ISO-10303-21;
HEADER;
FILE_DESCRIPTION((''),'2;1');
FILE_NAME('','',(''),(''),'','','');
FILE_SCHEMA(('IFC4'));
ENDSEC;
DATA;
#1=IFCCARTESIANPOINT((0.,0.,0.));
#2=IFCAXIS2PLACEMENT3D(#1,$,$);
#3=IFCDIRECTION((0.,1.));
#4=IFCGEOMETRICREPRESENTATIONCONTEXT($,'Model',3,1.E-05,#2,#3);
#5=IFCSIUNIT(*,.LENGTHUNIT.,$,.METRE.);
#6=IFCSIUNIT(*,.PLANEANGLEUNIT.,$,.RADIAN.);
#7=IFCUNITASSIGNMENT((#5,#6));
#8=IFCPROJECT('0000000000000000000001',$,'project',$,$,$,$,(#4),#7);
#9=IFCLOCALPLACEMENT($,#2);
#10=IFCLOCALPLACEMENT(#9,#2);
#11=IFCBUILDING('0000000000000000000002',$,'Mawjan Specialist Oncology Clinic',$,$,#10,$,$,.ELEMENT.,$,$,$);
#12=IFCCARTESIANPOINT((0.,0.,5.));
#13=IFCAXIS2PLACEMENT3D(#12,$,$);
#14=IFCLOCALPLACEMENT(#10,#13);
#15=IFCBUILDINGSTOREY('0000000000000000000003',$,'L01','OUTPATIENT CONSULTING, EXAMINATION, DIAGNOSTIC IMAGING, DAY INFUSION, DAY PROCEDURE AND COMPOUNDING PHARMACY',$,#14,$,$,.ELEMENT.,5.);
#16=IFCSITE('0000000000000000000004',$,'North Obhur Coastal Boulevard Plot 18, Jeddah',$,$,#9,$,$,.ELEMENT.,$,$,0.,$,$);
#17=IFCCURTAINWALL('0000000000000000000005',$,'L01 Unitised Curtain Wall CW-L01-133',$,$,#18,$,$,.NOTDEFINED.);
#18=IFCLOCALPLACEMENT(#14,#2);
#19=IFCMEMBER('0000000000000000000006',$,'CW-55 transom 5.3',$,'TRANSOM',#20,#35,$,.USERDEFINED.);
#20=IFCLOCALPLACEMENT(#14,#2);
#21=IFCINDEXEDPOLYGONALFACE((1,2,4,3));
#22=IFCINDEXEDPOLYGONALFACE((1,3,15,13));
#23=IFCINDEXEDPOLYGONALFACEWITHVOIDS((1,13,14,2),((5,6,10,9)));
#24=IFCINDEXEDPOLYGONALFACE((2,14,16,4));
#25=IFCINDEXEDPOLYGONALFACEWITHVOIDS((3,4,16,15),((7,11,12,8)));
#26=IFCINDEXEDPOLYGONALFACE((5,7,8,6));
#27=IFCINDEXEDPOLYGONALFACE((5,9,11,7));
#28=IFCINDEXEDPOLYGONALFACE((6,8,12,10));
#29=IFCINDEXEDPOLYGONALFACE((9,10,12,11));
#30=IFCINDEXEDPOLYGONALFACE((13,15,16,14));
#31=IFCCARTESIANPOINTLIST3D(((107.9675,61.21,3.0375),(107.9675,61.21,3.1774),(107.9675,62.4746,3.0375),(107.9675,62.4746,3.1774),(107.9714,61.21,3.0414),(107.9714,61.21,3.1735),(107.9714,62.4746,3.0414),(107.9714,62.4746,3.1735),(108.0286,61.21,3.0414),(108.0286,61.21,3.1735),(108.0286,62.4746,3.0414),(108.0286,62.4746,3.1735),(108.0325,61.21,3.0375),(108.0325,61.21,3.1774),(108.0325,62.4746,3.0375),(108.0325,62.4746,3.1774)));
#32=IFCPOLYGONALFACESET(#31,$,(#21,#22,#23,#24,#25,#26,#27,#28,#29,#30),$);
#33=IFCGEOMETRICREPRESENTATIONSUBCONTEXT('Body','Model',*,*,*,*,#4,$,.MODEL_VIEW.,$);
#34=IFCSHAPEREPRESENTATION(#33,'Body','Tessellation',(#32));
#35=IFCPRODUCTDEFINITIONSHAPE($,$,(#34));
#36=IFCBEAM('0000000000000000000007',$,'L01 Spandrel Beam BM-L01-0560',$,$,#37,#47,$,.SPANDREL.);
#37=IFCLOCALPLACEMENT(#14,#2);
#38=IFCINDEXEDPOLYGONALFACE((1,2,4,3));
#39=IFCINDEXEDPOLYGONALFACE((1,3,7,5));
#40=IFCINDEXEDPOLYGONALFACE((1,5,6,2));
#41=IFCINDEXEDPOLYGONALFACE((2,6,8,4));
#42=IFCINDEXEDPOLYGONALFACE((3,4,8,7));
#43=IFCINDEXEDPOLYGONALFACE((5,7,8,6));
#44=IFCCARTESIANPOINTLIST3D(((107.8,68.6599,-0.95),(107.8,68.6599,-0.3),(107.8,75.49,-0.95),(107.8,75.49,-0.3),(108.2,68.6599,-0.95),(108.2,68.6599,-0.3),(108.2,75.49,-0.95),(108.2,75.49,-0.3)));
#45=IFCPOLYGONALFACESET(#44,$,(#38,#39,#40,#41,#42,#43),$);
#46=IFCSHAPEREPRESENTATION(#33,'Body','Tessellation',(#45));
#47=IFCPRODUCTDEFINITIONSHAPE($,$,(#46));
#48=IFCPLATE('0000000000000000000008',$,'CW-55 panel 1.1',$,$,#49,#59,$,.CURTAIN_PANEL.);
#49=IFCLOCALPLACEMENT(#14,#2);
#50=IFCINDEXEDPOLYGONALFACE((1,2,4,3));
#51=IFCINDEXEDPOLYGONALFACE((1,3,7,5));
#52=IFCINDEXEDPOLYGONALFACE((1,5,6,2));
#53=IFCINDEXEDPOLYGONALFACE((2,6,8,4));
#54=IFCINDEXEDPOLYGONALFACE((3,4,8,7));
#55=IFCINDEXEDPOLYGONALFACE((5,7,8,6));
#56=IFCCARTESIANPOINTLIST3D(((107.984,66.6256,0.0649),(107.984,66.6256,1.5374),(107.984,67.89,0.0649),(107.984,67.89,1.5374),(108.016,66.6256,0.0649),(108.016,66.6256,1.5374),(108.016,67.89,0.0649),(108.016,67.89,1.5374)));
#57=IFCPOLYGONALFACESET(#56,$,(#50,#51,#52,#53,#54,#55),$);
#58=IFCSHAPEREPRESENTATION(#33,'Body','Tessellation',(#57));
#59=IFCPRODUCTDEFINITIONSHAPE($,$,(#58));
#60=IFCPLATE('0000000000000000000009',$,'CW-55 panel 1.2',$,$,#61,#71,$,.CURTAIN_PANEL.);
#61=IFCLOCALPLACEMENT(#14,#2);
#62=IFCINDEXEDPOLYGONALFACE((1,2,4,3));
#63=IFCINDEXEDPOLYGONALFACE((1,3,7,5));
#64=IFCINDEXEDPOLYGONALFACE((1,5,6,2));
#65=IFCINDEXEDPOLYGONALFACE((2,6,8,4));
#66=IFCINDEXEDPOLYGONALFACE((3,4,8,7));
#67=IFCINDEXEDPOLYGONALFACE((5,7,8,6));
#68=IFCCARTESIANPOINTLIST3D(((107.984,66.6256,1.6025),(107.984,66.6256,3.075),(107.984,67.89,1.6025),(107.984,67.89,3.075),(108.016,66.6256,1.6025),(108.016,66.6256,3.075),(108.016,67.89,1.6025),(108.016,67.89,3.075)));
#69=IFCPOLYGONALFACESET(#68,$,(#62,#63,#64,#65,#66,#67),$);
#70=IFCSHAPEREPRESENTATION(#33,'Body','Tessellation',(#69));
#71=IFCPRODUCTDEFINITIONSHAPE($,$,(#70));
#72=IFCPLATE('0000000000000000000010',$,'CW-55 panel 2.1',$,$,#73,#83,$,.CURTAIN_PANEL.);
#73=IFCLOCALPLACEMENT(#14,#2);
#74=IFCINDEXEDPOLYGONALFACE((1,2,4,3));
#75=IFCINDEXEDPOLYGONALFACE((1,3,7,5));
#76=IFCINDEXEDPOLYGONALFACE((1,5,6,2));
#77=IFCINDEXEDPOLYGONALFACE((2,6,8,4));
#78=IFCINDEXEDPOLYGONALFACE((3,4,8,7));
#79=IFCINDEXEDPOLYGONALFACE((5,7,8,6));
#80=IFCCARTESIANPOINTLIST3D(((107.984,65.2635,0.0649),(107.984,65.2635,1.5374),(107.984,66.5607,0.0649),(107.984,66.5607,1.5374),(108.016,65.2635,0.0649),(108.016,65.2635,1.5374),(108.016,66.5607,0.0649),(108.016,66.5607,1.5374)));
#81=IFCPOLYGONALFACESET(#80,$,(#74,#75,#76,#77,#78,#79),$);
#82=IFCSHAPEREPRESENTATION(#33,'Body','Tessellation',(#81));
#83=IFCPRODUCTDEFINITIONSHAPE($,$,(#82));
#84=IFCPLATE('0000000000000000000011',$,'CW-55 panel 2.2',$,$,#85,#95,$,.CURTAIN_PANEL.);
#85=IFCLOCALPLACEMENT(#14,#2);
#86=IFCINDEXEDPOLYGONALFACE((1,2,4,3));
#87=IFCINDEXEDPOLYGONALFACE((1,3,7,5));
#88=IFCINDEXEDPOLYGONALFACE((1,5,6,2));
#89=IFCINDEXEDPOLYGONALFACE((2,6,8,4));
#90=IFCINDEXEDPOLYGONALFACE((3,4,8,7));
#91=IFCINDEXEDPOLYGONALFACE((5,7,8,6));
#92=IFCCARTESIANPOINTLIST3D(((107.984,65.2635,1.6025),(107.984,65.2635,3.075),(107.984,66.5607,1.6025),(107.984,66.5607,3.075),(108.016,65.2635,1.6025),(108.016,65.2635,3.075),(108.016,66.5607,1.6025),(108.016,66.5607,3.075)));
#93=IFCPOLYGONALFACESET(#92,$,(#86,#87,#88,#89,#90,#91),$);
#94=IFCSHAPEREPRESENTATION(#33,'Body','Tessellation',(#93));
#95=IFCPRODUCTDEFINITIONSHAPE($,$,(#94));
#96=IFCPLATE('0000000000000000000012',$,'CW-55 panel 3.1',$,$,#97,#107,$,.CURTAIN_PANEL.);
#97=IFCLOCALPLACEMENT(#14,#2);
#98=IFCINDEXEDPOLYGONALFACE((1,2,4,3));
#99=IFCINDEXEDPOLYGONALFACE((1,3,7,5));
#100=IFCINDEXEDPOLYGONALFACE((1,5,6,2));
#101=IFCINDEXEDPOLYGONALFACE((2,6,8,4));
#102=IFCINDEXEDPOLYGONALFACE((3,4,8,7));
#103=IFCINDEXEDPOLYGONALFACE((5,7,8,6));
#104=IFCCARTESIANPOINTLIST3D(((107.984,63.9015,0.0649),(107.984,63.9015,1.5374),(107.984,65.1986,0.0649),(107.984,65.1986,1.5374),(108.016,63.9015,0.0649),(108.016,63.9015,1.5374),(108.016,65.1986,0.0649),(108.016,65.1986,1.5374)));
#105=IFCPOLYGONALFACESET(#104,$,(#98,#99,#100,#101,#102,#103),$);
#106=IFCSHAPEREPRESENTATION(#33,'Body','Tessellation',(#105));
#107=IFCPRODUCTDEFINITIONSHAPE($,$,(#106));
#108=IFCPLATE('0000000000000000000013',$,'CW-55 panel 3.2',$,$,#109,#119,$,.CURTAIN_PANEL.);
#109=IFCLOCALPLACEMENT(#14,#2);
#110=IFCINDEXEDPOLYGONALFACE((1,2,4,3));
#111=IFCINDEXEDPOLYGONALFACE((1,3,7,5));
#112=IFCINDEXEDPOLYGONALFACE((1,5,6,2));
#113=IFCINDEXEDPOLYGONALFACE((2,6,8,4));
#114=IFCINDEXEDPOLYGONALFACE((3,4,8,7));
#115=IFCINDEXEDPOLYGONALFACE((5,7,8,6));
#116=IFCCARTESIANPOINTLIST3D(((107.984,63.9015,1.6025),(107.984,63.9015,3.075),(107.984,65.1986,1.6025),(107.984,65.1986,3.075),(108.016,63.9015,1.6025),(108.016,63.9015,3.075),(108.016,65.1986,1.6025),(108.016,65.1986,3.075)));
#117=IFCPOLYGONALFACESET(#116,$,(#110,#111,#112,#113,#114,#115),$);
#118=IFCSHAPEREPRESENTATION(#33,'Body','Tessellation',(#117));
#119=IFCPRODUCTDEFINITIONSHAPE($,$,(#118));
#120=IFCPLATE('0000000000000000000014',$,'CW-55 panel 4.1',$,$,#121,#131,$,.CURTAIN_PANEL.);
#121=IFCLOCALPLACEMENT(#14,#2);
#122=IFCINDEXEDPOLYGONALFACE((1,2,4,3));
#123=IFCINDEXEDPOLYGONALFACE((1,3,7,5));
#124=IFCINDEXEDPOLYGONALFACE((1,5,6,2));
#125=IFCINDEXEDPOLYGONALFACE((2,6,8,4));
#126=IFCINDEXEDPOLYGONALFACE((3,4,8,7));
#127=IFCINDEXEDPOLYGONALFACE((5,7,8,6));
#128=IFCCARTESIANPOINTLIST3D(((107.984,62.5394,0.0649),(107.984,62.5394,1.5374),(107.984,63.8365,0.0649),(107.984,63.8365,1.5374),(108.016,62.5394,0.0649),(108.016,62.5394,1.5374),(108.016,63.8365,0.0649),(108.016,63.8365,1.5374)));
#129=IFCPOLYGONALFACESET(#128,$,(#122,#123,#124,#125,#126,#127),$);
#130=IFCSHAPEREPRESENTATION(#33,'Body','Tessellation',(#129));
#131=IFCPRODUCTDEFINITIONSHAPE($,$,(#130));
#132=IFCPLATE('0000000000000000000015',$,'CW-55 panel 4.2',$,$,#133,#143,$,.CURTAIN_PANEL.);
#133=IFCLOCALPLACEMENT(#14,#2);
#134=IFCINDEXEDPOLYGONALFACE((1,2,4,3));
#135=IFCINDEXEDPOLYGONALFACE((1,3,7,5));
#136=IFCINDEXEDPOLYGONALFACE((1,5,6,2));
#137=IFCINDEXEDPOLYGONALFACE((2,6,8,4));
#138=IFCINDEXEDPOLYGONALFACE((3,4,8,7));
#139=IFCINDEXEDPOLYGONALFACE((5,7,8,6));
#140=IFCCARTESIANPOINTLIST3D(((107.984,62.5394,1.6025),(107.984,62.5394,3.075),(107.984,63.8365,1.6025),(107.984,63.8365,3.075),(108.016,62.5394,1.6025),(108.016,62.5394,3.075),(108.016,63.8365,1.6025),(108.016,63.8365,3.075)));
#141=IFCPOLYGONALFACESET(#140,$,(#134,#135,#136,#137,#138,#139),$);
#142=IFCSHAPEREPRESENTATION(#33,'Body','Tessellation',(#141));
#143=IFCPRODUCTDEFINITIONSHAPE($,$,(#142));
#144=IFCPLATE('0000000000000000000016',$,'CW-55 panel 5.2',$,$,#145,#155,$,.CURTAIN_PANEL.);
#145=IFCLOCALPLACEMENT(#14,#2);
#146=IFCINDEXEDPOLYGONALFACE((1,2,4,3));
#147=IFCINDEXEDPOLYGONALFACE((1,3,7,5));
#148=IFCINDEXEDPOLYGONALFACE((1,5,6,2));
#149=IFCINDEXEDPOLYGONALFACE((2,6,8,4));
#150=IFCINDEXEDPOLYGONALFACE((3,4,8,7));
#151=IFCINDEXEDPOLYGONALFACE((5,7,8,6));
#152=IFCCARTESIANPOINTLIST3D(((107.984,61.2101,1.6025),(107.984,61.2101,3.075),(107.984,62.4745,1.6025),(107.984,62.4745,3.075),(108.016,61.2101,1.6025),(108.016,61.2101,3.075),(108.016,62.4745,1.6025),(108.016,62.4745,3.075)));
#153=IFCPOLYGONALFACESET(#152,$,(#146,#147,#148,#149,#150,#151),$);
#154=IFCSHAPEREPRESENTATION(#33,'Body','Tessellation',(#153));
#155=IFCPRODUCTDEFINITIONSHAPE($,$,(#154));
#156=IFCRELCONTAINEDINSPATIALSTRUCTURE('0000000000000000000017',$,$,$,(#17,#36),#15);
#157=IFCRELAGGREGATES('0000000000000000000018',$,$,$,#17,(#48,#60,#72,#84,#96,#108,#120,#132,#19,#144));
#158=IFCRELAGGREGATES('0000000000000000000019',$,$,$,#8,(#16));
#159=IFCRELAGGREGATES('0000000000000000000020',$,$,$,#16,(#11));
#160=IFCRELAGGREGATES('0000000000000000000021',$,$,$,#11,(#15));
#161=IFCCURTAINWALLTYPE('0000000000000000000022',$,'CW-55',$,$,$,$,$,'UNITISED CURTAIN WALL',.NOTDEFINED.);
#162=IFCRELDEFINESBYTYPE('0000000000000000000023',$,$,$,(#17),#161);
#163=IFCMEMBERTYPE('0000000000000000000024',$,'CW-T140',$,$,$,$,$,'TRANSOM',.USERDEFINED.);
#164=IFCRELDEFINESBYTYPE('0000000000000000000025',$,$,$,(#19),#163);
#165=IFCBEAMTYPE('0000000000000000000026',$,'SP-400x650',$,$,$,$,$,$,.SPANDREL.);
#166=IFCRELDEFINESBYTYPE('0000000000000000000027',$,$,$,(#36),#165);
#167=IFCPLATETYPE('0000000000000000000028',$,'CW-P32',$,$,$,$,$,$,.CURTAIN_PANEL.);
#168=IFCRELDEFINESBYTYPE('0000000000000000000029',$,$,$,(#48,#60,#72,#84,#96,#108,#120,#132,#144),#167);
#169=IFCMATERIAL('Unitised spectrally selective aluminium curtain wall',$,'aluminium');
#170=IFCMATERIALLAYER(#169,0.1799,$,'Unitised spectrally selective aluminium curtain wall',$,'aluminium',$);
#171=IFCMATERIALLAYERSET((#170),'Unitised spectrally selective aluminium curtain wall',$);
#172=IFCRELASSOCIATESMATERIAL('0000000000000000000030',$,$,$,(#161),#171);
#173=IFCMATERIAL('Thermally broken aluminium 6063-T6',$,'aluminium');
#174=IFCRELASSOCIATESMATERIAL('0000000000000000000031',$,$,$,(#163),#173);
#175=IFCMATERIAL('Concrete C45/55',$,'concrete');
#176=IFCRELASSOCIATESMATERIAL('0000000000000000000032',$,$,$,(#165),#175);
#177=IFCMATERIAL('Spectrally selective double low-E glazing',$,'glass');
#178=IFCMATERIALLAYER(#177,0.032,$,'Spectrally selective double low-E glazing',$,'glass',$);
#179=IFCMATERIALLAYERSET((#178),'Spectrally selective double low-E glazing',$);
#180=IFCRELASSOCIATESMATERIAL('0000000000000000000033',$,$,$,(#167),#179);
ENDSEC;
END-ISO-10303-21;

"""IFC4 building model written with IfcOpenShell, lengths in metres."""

from ifc_helpers import new_model, si_unit, direction, frame, origin, origin_2d, place, context, subcontext, project, spatial, rectangle, hollow_rectangle, extrude, material, layer, layer_set, material_profile, profile_set, type_object, element, aggregate, save


model = new_model("IFC4")

# Units and contexts
model_context = context("Model", 3, precision=1e-05, world=origin(), true_north=direction((0.0, 1.0)))
body_context = subcontext(model_context, "Body", "Model", "MODEL_VIEW")
ifc_project = project(units=[si_unit("LENGTHUNIT", "METRE"), si_unit("PLANEANGLEUNIT", "RADIAN")], contexts=[model_context])

# Site, building, storey
site_placement = place(None, origin())
site = spatial("IfcSite", under=ifc_project, at=site_placement, Name="North Obhur Coastal Boulevard Plot 18, Jeddah", CompositionType="ELEMENT", RefElevation=0.0)
building_placement = place(site_placement, origin())
building = spatial("IfcBuilding", under=site, at=building_placement, Name="Mawjan Specialist Oncology Clinic", CompositionType="ELEMENT")
storey_placement = place(building_placement, frame((0.0, 0.0, 5.0)))
storey = spatial("IfcBuildingStorey", under=building, at=storey_placement, Name="L01", Description="OUTPATIENT CONSULTING, EXAMINATION, DIAGNOSTIC IMAGING, DAY INFUSION, DAY PROCEDURE AND COMPOUNDING PHARMACY", CompositionType="ELEMENT", Elevation=5.0)

# Curtain wall, member
ifc_material_1 = material(Name="Unitised spectrally selective aluminium curtain wall", Category="aluminium")
ifc_layer_1 = layer(ifc_material_1, 0.1799, Name="Unitised spectrally selective aluminium curtain wall", Category="aluminium")
ifc_layer_set_1 = layer_set([ifc_layer_1], Name="Unitised spectrally selective aluminium curtain wall")
curtain_wall_type = type_object("IfcCurtainWallType", Name="CW-55", ElementType="UNITISED CURTAIN WALL", PredefinedType="NOTDEFINED", material=ifc_layer_set_1)
curtain_wall_placement = place(storey_placement, origin())
curtain_wall = element("IfcCurtainWall", 1, at=curtain_wall_placement, inside=storey, type_object=curtain_wall_type, Name="L01 Unitised Curtain Wall CW-L01-133", PredefinedType="NOTDEFINED")
ifc_material_2 = material(Name="Thermally broken aluminium 6063-T6", Category="aluminium")
ifc_material_profile_1 = material_profile(ifc_material_2, hollow_rectangle(XDim=0.0649, YDim=0.1399, WallThickness=0.0039, at=origin_2d()), Name="ALU TRANSOM 140x65x4", Category="aluminium")
ifc_profile_set_1 = profile_set([ifc_material_profile_1], Name="Thermally broken aluminium 6063-T6")
member_type_1 = type_object("IfcMemberType", Name="CW-T140", ElementType="TRANSOM", PredefinedType="USERDEFINED", material=ifc_profile_set_1)
member_1_placement = place(storey_placement, frame((108.0, 62.4746, 3.1074), z_axis=(0.0, -1.0, 0.0), x_axis=(1.0, 0.0, 0.0)))
member_1 = element("IfcMember", 2, at=member_1_placement, type_object=member_type_1, Name="CW-55 transom 5.3", ObjectType="TRANSOM", PredefinedType="USERDEFINED", context=body_context, shape_type="SweptSolid", body=[
    extrude(hollow_rectangle(XDim=0.0649, YDim=0.1399, WallThickness=0.0039, at=origin_2d()), origin(), (0.0, 0.0, 1.0), 1.2646),
])

# Beam
ifc_material_3 = material(Name="Concrete C45/55", Category="concrete")
ifc_material_profile_2 = material_profile(ifc_material_3, rectangle(XDim=0.3999, YDim=0.6499, at=origin_2d()), Name="RC BM 400x650", Category="concrete")
ifc_profile_set_2 = profile_set([ifc_material_profile_2], Name="Concrete C45/55")
beam_type = type_object("IfcBeamType", Name="SP-400x650", PredefinedType="SPANDREL", material=ifc_profile_set_2)
beam_placement = place(storey_placement, frame((108.0, 68.6599, -0.625), z_axis=(0.0, 1.0, 0.0), x_axis=(-1.0, 0.0, 0.0)))
element("IfcBeam", 3, at=beam_placement, inside=storey, type_object=beam_type, Name="L01 Spandrel Beam BM-L01-0560", PredefinedType="SPANDREL", context=body_context, shape_type="SweptSolid", body=[
    extrude(rectangle(XDim=0.3999, YDim=0.6499, at=origin_2d()), origin(), (0.0, 0.0, 1.0), 6.8301),
])

# Plates
ifc_material_4 = material(Name="Spectrally selective double low-E glazing", Category="glass")
ifc_layer_2 = layer(ifc_material_4, 0.032, Name="Spectrally selective double low-E glazing", Category="glass")
ifc_layer_set_2 = layer_set([ifc_layer_2], Name="Spectrally selective double low-E glazing")
plate_type = type_object("IfcPlateType", Name="CW-P32", PredefinedType="CURTAIN_PANEL", material=ifc_layer_set_2)
plate_1_placement = place(storey_placement, frame((108.0, 67.2578, 0.0649), z_axis=(0.0, 0.0, 1.0), x_axis=(0.0, -1.0, 0.0)))
plate_1 = element("IfcPlate", 4, at=plate_1_placement, type_object=plate_type, Name="CW-55 panel 1.1", PredefinedType="CURTAIN_PANEL", context=body_context, shape_type="SweptSolid", body=[
    extrude(rectangle(XDim=1.2644, YDim=0.032, at=origin_2d()), origin(), (0.0, 0.0, 1.0), 1.4724),
])
plate_2_placement = place(storey_placement, frame((108.0, 67.2578, 1.6025), z_axis=(0.0, 0.0, 1.0), x_axis=(0.0, -1.0, 0.0)))
plate_2 = element("IfcPlate", 5, at=plate_2_placement, type_object=plate_type, Name="CW-55 panel 1.2", PredefinedType="CURTAIN_PANEL", context=body_context, shape_type="SweptSolid", body=[
    extrude(rectangle(XDim=1.2644, YDim=0.032, at=origin_2d()), origin(), (0.0, 0.0, 1.0), 1.4724),
])
plate_3_placement = place(storey_placement, frame((108.0, 65.9121, 0.0649), z_axis=(0.0, 0.0, 1.0), x_axis=(0.0, -1.0, 0.0)))
plate_3 = element("IfcPlate", 6, at=plate_3_placement, type_object=plate_type, Name="CW-55 panel 2.1", PredefinedType="CURTAIN_PANEL", context=body_context, shape_type="SweptSolid", body=[
    extrude(rectangle(XDim=1.2971, YDim=0.032, at=origin_2d()), origin(), (0.0, 0.0, 1.0), 1.4724),
])
plate_4_placement = place(storey_placement, frame((108.0, 65.9121, 1.6025), z_axis=(0.0, 0.0, 1.0), x_axis=(0.0, -1.0, 0.0)))
plate_4 = element("IfcPlate", 7, at=plate_4_placement, type_object=plate_type, Name="CW-55 panel 2.2", PredefinedType="CURTAIN_PANEL", context=body_context, shape_type="SweptSolid", body=[
    extrude(rectangle(XDim=1.2971, YDim=0.032, at=origin_2d()), origin(), (0.0, 0.0, 1.0), 1.4724),
])
plate_5_placement = place(storey_placement, frame((108.0, 64.55, 0.0649), z_axis=(0.0, 0.0, 1.0), x_axis=(0.0, -1.0, 0.0)))
plate_5 = element("IfcPlate", 8, at=plate_5_placement, type_object=plate_type, Name="CW-55 panel 3.1", PredefinedType="CURTAIN_PANEL", context=body_context, shape_type="SweptSolid", body=[
    extrude(rectangle(XDim=1.2971, YDim=0.032, at=origin_2d()), origin(), (0.0, 0.0, 1.0), 1.4724),
])
plate_6_placement = place(storey_placement, frame((108.0, 64.55, 1.6025), z_axis=(0.0, 0.0, 1.0), x_axis=(0.0, -1.0, 0.0)))
plate_6 = element("IfcPlate", 9, at=plate_6_placement, type_object=plate_type, Name="CW-55 panel 3.2", PredefinedType="CURTAIN_PANEL", context=body_context, shape_type="SweptSolid", body=[
    extrude(rectangle(XDim=1.2971, YDim=0.032, at=origin_2d()), origin(), (0.0, 0.0, 1.0), 1.4724),
])
plate_7_placement = place(storey_placement, frame((108.0, 63.188, 0.0649), z_axis=(0.0, 0.0, 1.0), x_axis=(0.0, -1.0, 0.0)))
plate_7 = element("IfcPlate", 10, at=plate_7_placement, type_object=plate_type, Name="CW-55 panel 4.1", PredefinedType="CURTAIN_PANEL", context=body_context, shape_type="SweptSolid", body=[
    extrude(rectangle(XDim=1.2971, YDim=0.032, at=origin_2d()), origin(), (0.0, 0.0, 1.0), 1.4724),
])
plate_8_placement = place(storey_placement, frame((108.0, 63.188, 1.6025), z_axis=(0.0, 0.0, 1.0), x_axis=(0.0, -1.0, 0.0)))
plate_8 = element("IfcPlate", 11, at=plate_8_placement, type_object=plate_type, Name="CW-55 panel 4.2", PredefinedType="CURTAIN_PANEL", context=body_context, shape_type="SweptSolid", body=[
    extrude(rectangle(XDim=1.2971, YDim=0.032, at=origin_2d()), origin(), (0.0, 0.0, 1.0), 1.4724),
])
plate_9_placement = place(storey_placement, frame((108.0, 61.8423, 1.6025), z_axis=(0.0, 0.0, 1.0), x_axis=(0.0, -1.0, 0.0)))
plate_9 = element("IfcPlate", 12, at=plate_9_placement, type_object=plate_type, Name="CW-55 panel 5.2", PredefinedType="CURTAIN_PANEL", context=body_context, shape_type="SweptSolid", body=[
    extrude(rectangle(XDim=1.2644, YDim=0.032, at=origin_2d()), origin(), (0.0, 0.0, 1.0), 1.4724),
])
aggregate(curtain_wall, [plate_1, plate_2, plate_3, plate_4, plate_5, plate_6, plate_7, plate_8, member_1, plate_9])

save(model, "model.ifc")
